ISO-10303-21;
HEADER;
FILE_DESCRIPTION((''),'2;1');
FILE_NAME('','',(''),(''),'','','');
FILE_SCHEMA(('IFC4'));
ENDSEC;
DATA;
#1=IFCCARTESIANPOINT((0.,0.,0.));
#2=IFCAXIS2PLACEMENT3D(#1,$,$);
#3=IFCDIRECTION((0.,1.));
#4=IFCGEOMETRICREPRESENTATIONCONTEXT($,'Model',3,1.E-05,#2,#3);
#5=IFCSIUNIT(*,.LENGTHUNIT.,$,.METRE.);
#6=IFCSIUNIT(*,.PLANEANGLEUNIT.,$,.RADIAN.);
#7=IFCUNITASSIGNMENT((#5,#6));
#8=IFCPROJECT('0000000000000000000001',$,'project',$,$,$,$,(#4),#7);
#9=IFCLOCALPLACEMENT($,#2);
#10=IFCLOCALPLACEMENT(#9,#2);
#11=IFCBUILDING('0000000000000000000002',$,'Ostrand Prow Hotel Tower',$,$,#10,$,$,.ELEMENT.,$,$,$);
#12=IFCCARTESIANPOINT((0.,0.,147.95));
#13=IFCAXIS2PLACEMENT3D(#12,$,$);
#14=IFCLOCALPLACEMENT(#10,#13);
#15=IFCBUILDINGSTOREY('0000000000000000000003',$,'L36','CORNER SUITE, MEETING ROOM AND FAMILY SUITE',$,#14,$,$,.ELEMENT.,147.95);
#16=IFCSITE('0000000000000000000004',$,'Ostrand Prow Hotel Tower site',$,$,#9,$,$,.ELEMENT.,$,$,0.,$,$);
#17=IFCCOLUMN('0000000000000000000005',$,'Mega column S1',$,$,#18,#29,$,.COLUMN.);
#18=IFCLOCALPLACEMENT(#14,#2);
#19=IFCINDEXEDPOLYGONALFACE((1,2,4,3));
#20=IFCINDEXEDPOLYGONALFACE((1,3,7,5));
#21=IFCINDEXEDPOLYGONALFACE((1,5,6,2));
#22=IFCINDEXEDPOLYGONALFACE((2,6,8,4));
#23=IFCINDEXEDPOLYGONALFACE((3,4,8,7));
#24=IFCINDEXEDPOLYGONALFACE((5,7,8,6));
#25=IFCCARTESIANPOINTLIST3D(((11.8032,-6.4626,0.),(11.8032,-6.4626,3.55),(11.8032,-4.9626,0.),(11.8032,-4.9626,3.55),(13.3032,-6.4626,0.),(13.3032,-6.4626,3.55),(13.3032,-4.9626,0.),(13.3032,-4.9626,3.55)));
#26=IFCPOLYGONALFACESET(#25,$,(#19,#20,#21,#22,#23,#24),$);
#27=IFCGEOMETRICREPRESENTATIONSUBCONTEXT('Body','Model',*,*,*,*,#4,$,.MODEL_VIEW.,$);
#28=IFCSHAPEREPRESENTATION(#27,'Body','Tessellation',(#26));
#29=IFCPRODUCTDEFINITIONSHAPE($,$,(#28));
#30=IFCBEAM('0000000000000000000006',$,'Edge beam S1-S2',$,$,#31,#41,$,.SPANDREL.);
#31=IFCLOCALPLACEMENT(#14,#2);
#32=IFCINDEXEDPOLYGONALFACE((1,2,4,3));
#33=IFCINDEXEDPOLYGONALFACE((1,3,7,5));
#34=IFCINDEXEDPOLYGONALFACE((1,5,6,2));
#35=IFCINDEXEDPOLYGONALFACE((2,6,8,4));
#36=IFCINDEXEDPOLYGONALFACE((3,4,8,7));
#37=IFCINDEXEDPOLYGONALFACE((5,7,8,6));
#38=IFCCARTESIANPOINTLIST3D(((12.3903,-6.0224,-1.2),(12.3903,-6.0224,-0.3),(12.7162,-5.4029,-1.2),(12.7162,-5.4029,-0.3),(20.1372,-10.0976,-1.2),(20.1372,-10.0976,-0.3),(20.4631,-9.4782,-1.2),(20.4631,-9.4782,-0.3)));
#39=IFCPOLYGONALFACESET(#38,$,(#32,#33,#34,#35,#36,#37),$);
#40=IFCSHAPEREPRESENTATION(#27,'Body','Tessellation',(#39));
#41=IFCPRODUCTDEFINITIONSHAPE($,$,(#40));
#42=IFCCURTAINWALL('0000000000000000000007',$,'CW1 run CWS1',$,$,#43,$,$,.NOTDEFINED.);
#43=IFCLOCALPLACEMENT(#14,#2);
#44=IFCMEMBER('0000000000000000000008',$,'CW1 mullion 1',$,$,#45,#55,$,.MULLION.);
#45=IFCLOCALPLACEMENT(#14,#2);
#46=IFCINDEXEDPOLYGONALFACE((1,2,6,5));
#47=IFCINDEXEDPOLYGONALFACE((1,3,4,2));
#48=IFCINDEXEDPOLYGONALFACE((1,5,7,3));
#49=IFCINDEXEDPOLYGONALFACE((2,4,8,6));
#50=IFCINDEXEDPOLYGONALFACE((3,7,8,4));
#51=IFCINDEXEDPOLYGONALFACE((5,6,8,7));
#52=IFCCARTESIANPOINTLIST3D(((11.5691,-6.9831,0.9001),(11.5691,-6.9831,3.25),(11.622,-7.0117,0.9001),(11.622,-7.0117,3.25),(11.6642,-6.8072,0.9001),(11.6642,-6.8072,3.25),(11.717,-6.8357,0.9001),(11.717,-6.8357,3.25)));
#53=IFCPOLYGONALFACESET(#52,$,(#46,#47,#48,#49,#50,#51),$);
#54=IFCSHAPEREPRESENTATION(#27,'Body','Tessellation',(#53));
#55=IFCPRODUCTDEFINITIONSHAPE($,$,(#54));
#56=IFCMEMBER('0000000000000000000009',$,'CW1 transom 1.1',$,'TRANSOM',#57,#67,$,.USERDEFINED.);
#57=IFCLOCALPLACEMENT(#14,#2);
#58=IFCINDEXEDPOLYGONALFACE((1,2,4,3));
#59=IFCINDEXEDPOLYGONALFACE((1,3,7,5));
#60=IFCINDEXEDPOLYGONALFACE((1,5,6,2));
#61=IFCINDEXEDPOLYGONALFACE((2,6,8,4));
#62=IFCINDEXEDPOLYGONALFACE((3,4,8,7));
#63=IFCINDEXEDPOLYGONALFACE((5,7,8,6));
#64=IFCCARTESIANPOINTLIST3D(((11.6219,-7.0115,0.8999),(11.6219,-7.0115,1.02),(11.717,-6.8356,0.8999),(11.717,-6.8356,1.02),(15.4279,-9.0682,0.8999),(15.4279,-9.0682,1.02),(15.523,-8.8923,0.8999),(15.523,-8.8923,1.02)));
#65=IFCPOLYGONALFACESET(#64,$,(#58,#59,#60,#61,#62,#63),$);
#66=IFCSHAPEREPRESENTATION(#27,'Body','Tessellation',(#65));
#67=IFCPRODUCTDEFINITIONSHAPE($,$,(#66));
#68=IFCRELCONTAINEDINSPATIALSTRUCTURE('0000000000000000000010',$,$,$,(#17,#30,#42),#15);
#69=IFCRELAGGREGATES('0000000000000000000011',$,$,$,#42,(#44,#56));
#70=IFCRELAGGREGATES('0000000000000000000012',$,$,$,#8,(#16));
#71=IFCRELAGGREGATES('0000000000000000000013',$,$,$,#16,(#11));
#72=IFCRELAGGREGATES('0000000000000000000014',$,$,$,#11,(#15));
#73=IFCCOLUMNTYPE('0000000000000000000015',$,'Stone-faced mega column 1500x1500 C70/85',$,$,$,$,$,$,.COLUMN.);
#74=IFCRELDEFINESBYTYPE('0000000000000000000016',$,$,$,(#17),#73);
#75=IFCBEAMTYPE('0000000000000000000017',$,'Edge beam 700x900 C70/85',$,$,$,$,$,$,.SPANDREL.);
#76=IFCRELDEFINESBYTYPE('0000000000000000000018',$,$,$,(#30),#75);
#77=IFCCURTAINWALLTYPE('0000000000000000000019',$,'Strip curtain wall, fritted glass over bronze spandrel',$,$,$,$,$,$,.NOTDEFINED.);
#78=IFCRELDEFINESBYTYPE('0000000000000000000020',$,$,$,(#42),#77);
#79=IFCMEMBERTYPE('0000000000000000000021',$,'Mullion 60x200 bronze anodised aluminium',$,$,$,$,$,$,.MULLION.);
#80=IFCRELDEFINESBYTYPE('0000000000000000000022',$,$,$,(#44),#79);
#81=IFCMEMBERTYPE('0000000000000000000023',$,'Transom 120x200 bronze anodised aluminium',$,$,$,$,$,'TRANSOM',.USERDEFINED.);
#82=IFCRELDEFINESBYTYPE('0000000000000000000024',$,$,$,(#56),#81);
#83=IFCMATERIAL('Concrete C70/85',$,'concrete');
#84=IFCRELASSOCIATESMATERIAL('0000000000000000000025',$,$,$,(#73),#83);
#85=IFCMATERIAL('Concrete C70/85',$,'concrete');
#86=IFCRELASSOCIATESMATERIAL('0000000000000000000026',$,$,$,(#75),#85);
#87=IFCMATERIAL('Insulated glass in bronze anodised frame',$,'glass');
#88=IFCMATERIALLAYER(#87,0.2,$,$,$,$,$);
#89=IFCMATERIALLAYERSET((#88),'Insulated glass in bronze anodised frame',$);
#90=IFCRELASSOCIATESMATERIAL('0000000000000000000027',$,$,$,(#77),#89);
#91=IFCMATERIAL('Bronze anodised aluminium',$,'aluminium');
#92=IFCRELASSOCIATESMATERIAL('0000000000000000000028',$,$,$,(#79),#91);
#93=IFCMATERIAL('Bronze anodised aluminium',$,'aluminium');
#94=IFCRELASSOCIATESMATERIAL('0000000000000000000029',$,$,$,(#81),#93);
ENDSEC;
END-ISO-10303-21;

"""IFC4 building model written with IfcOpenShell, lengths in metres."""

from ifc_helpers import new_model, si_unit, direction, frame, origin, origin_2d, place, context, subcontext, project, spatial, rectangle, extrude, material, layer, layer_set, material_profile, profile_set, type_object, element, aggregate, save


model = new_model("IFC4")

# Units and contexts
model_context = context("Model", 3, precision=1e-05, world=origin(), true_north=direction((0.0, 1.0)))
body_context = subcontext(model_context, "Body", "Model", "MODEL_VIEW")
ifc_project = project(units=[si_unit("LENGTHUNIT", "METRE"), si_unit("PLANEANGLEUNIT", "RADIAN")], contexts=[model_context])

# Site, building, storey
site_placement = place(None, origin())
site = spatial("IfcSite", under=ifc_project, at=site_placement, Name="Ostrand Prow Hotel Tower site", CompositionType="ELEMENT", RefElevation=0.0)
building_placement = place(site_placement, origin())
building = spatial("IfcBuilding", under=site, at=building_placement, Name="Ostrand Prow Hotel Tower", CompositionType="ELEMENT")
storey_placement = place(building_placement, frame((0.0, 0.0, 147.95)))
storey = spatial("IfcBuildingStorey", under=building, at=storey_placement, Name="L36", Description="CORNER SUITE, MEETING ROOM AND FAMILY SUITE", CompositionType="ELEMENT", Elevation=147.95)

# Column
ifc_material_1 = material(Name="Concrete C70/85", Category="concrete")
ifc_material_profile_1 = material_profile(ifc_material_1, rectangle(XDim=1.5, YDim=1.5, at=origin_2d()), Name="RC 1500x1500")
ifc_profile_set_1 = profile_set([ifc_material_profile_1], Name="Concrete C70/85")
column_type = type_object("IfcColumnType", Name="Stone-faced mega column 1500x1500 C70/85", PredefinedType="COLUMN", material=ifc_profile_set_1)
column_placement = place(storey_placement, frame((12.5532, -5.7126, 0.0), z_axis=(0.0, 0.0, 1.0), x_axis=(1.0, 0.0, 0.0)))
element("IfcColumn", 1, at=column_placement, inside=storey, type_object=column_type, Name="Mega column S1", PredefinedType="COLUMN", context=body_context, shape_type="SweptSolid", body=[
    extrude(rectangle(XDim=1.5, YDim=1.5, at=origin_2d()), origin(), (0.0, 0.0, 1.0), 3.55),
])

# Beam
ifc_material_2 = material(Name="Concrete C70/85", Category="concrete")
ifc_material_profile_2 = material_profile(ifc_material_2, rectangle(XDim=0.7, YDim=0.8999, at=origin_2d()), Name="RC 700x900")
ifc_profile_set_2 = profile_set([ifc_material_profile_2], Name="Concrete C70/85")
beam_type = type_object("IfcBeamType", Name="Edge beam 700x900 C70/85", PredefinedType="SPANDREL", material=ifc_profile_set_2)
beam_placement = place(storey_placement, frame((12.5532, -5.7126, -0.75), z_axis=(0.885016, -0.46556, 0.0), x_axis=(0.46556, 0.885016, 0.0)))
element("IfcBeam", 2, at=beam_placement, inside=storey, type_object=beam_type, Name="Edge beam S1-S2", PredefinedType="SPANDREL", context=body_context, shape_type="SweptSolid", body=[
    extrude(rectangle(XDim=0.7, YDim=0.8999, at=origin_2d()), origin(), (0.0, 0.0, 1.0), 8.7534),
])

# Curtain wall, members
ifc_material_3 = material(Name="Insulated glass in bronze anodised frame", Category="glass")
ifc_layer_1 = layer(ifc_material_3, 0.2)
ifc_layer_set_1 = layer_set([ifc_layer_1], Name="Insulated glass in bronze anodised frame")
curtain_wall_type = type_object("IfcCurtainWallType", Name="Strip curtain wall, fritted glass over bronze spandrel", PredefinedType="NOTDEFINED", material=ifc_layer_set_1)
curtain_wall_placement = place(storey_placement, origin())
curtain_wall = element("IfcCurtainWall", 3, at=curtain_wall_placement, inside=storey, type_object=curtain_wall_type, Name="CW1 run CWS1", PredefinedType="NOTDEFINED")
ifc_material_4 = material(Name="Bronze anodised aluminium", Category="aluminium")
ifc_material_profile_3 = material_profile(ifc_material_4, rectangle(XDim=0.2, YDim=0.0601, at=origin_2d()), Name="Mullion 60x200 bronze anodised aluminium")
ifc_profile_set_3 = profile_set([ifc_material_profile_3], Name="Bronze anodised aluminium")
member_type_1 = type_object("IfcMemberType", Name="Mullion 60x200 bronze anodised aluminium", PredefinedType="MULLION", material=ifc_profile_set_3)
member_1_placement = place(storey_placement, frame((11.6431, -6.9094, 0.9001), z_axis=(0.0, 0.0, 1.0), x_axis=(0.475394, 0.879773, 0.0)))
member_1 = element("IfcMember", 4, at=member_1_placement, type_object=member_type_1, Name="CW1 mullion 1", PredefinedType="MULLION", context=body_context, shape_type="SweptSolid", body=[
    extrude(rectangle(XDim=0.2, YDim=0.0601, at=origin_2d()), origin(), (0.0, 0.0, 1.0), 2.3499),
])
ifc_material_5 = material(Name="Bronze anodised aluminium", Category="aluminium")
ifc_material_profile_4 = material_profile(ifc_material_5, rectangle(XDim=0.2, YDim=0.1201, at=origin_2d()), Name="Transom 120x200 bronze anodised aluminium")
ifc_profile_set_4 = profile_set([ifc_material_profile_4], Name="Bronze anodised aluminium")
member_type_2 = type_object("IfcMemberType", Name="Transom 120x200 bronze anodised aluminium", ElementType="TRANSOM", PredefinedType="USERDEFINED", material=ifc_profile_set_4)
member_2_placement = place(storey_placement, frame((11.6694, -6.9236, 0.96), z_axis=(0.879765, -0.475408, 0.0), x_axis=(0.475408, 0.879765, 0.0)))
member_2 = element("IfcMember", 5, at=member_2_placement, type_object=member_type_2, Name="CW1 transom 1.1", ObjectType="TRANSOM", PredefinedType="USERDEFINED", context=body_context, shape_type="SweptSolid", body=[
    extrude(rectangle(XDim=0.2, YDim=0.1201, at=origin_2d()), origin(), (0.0, 0.0, 1.0), 4.3262),
])
aggregate(curtain_wall, [member_1, member_2])

save(model, "model.ifc")
